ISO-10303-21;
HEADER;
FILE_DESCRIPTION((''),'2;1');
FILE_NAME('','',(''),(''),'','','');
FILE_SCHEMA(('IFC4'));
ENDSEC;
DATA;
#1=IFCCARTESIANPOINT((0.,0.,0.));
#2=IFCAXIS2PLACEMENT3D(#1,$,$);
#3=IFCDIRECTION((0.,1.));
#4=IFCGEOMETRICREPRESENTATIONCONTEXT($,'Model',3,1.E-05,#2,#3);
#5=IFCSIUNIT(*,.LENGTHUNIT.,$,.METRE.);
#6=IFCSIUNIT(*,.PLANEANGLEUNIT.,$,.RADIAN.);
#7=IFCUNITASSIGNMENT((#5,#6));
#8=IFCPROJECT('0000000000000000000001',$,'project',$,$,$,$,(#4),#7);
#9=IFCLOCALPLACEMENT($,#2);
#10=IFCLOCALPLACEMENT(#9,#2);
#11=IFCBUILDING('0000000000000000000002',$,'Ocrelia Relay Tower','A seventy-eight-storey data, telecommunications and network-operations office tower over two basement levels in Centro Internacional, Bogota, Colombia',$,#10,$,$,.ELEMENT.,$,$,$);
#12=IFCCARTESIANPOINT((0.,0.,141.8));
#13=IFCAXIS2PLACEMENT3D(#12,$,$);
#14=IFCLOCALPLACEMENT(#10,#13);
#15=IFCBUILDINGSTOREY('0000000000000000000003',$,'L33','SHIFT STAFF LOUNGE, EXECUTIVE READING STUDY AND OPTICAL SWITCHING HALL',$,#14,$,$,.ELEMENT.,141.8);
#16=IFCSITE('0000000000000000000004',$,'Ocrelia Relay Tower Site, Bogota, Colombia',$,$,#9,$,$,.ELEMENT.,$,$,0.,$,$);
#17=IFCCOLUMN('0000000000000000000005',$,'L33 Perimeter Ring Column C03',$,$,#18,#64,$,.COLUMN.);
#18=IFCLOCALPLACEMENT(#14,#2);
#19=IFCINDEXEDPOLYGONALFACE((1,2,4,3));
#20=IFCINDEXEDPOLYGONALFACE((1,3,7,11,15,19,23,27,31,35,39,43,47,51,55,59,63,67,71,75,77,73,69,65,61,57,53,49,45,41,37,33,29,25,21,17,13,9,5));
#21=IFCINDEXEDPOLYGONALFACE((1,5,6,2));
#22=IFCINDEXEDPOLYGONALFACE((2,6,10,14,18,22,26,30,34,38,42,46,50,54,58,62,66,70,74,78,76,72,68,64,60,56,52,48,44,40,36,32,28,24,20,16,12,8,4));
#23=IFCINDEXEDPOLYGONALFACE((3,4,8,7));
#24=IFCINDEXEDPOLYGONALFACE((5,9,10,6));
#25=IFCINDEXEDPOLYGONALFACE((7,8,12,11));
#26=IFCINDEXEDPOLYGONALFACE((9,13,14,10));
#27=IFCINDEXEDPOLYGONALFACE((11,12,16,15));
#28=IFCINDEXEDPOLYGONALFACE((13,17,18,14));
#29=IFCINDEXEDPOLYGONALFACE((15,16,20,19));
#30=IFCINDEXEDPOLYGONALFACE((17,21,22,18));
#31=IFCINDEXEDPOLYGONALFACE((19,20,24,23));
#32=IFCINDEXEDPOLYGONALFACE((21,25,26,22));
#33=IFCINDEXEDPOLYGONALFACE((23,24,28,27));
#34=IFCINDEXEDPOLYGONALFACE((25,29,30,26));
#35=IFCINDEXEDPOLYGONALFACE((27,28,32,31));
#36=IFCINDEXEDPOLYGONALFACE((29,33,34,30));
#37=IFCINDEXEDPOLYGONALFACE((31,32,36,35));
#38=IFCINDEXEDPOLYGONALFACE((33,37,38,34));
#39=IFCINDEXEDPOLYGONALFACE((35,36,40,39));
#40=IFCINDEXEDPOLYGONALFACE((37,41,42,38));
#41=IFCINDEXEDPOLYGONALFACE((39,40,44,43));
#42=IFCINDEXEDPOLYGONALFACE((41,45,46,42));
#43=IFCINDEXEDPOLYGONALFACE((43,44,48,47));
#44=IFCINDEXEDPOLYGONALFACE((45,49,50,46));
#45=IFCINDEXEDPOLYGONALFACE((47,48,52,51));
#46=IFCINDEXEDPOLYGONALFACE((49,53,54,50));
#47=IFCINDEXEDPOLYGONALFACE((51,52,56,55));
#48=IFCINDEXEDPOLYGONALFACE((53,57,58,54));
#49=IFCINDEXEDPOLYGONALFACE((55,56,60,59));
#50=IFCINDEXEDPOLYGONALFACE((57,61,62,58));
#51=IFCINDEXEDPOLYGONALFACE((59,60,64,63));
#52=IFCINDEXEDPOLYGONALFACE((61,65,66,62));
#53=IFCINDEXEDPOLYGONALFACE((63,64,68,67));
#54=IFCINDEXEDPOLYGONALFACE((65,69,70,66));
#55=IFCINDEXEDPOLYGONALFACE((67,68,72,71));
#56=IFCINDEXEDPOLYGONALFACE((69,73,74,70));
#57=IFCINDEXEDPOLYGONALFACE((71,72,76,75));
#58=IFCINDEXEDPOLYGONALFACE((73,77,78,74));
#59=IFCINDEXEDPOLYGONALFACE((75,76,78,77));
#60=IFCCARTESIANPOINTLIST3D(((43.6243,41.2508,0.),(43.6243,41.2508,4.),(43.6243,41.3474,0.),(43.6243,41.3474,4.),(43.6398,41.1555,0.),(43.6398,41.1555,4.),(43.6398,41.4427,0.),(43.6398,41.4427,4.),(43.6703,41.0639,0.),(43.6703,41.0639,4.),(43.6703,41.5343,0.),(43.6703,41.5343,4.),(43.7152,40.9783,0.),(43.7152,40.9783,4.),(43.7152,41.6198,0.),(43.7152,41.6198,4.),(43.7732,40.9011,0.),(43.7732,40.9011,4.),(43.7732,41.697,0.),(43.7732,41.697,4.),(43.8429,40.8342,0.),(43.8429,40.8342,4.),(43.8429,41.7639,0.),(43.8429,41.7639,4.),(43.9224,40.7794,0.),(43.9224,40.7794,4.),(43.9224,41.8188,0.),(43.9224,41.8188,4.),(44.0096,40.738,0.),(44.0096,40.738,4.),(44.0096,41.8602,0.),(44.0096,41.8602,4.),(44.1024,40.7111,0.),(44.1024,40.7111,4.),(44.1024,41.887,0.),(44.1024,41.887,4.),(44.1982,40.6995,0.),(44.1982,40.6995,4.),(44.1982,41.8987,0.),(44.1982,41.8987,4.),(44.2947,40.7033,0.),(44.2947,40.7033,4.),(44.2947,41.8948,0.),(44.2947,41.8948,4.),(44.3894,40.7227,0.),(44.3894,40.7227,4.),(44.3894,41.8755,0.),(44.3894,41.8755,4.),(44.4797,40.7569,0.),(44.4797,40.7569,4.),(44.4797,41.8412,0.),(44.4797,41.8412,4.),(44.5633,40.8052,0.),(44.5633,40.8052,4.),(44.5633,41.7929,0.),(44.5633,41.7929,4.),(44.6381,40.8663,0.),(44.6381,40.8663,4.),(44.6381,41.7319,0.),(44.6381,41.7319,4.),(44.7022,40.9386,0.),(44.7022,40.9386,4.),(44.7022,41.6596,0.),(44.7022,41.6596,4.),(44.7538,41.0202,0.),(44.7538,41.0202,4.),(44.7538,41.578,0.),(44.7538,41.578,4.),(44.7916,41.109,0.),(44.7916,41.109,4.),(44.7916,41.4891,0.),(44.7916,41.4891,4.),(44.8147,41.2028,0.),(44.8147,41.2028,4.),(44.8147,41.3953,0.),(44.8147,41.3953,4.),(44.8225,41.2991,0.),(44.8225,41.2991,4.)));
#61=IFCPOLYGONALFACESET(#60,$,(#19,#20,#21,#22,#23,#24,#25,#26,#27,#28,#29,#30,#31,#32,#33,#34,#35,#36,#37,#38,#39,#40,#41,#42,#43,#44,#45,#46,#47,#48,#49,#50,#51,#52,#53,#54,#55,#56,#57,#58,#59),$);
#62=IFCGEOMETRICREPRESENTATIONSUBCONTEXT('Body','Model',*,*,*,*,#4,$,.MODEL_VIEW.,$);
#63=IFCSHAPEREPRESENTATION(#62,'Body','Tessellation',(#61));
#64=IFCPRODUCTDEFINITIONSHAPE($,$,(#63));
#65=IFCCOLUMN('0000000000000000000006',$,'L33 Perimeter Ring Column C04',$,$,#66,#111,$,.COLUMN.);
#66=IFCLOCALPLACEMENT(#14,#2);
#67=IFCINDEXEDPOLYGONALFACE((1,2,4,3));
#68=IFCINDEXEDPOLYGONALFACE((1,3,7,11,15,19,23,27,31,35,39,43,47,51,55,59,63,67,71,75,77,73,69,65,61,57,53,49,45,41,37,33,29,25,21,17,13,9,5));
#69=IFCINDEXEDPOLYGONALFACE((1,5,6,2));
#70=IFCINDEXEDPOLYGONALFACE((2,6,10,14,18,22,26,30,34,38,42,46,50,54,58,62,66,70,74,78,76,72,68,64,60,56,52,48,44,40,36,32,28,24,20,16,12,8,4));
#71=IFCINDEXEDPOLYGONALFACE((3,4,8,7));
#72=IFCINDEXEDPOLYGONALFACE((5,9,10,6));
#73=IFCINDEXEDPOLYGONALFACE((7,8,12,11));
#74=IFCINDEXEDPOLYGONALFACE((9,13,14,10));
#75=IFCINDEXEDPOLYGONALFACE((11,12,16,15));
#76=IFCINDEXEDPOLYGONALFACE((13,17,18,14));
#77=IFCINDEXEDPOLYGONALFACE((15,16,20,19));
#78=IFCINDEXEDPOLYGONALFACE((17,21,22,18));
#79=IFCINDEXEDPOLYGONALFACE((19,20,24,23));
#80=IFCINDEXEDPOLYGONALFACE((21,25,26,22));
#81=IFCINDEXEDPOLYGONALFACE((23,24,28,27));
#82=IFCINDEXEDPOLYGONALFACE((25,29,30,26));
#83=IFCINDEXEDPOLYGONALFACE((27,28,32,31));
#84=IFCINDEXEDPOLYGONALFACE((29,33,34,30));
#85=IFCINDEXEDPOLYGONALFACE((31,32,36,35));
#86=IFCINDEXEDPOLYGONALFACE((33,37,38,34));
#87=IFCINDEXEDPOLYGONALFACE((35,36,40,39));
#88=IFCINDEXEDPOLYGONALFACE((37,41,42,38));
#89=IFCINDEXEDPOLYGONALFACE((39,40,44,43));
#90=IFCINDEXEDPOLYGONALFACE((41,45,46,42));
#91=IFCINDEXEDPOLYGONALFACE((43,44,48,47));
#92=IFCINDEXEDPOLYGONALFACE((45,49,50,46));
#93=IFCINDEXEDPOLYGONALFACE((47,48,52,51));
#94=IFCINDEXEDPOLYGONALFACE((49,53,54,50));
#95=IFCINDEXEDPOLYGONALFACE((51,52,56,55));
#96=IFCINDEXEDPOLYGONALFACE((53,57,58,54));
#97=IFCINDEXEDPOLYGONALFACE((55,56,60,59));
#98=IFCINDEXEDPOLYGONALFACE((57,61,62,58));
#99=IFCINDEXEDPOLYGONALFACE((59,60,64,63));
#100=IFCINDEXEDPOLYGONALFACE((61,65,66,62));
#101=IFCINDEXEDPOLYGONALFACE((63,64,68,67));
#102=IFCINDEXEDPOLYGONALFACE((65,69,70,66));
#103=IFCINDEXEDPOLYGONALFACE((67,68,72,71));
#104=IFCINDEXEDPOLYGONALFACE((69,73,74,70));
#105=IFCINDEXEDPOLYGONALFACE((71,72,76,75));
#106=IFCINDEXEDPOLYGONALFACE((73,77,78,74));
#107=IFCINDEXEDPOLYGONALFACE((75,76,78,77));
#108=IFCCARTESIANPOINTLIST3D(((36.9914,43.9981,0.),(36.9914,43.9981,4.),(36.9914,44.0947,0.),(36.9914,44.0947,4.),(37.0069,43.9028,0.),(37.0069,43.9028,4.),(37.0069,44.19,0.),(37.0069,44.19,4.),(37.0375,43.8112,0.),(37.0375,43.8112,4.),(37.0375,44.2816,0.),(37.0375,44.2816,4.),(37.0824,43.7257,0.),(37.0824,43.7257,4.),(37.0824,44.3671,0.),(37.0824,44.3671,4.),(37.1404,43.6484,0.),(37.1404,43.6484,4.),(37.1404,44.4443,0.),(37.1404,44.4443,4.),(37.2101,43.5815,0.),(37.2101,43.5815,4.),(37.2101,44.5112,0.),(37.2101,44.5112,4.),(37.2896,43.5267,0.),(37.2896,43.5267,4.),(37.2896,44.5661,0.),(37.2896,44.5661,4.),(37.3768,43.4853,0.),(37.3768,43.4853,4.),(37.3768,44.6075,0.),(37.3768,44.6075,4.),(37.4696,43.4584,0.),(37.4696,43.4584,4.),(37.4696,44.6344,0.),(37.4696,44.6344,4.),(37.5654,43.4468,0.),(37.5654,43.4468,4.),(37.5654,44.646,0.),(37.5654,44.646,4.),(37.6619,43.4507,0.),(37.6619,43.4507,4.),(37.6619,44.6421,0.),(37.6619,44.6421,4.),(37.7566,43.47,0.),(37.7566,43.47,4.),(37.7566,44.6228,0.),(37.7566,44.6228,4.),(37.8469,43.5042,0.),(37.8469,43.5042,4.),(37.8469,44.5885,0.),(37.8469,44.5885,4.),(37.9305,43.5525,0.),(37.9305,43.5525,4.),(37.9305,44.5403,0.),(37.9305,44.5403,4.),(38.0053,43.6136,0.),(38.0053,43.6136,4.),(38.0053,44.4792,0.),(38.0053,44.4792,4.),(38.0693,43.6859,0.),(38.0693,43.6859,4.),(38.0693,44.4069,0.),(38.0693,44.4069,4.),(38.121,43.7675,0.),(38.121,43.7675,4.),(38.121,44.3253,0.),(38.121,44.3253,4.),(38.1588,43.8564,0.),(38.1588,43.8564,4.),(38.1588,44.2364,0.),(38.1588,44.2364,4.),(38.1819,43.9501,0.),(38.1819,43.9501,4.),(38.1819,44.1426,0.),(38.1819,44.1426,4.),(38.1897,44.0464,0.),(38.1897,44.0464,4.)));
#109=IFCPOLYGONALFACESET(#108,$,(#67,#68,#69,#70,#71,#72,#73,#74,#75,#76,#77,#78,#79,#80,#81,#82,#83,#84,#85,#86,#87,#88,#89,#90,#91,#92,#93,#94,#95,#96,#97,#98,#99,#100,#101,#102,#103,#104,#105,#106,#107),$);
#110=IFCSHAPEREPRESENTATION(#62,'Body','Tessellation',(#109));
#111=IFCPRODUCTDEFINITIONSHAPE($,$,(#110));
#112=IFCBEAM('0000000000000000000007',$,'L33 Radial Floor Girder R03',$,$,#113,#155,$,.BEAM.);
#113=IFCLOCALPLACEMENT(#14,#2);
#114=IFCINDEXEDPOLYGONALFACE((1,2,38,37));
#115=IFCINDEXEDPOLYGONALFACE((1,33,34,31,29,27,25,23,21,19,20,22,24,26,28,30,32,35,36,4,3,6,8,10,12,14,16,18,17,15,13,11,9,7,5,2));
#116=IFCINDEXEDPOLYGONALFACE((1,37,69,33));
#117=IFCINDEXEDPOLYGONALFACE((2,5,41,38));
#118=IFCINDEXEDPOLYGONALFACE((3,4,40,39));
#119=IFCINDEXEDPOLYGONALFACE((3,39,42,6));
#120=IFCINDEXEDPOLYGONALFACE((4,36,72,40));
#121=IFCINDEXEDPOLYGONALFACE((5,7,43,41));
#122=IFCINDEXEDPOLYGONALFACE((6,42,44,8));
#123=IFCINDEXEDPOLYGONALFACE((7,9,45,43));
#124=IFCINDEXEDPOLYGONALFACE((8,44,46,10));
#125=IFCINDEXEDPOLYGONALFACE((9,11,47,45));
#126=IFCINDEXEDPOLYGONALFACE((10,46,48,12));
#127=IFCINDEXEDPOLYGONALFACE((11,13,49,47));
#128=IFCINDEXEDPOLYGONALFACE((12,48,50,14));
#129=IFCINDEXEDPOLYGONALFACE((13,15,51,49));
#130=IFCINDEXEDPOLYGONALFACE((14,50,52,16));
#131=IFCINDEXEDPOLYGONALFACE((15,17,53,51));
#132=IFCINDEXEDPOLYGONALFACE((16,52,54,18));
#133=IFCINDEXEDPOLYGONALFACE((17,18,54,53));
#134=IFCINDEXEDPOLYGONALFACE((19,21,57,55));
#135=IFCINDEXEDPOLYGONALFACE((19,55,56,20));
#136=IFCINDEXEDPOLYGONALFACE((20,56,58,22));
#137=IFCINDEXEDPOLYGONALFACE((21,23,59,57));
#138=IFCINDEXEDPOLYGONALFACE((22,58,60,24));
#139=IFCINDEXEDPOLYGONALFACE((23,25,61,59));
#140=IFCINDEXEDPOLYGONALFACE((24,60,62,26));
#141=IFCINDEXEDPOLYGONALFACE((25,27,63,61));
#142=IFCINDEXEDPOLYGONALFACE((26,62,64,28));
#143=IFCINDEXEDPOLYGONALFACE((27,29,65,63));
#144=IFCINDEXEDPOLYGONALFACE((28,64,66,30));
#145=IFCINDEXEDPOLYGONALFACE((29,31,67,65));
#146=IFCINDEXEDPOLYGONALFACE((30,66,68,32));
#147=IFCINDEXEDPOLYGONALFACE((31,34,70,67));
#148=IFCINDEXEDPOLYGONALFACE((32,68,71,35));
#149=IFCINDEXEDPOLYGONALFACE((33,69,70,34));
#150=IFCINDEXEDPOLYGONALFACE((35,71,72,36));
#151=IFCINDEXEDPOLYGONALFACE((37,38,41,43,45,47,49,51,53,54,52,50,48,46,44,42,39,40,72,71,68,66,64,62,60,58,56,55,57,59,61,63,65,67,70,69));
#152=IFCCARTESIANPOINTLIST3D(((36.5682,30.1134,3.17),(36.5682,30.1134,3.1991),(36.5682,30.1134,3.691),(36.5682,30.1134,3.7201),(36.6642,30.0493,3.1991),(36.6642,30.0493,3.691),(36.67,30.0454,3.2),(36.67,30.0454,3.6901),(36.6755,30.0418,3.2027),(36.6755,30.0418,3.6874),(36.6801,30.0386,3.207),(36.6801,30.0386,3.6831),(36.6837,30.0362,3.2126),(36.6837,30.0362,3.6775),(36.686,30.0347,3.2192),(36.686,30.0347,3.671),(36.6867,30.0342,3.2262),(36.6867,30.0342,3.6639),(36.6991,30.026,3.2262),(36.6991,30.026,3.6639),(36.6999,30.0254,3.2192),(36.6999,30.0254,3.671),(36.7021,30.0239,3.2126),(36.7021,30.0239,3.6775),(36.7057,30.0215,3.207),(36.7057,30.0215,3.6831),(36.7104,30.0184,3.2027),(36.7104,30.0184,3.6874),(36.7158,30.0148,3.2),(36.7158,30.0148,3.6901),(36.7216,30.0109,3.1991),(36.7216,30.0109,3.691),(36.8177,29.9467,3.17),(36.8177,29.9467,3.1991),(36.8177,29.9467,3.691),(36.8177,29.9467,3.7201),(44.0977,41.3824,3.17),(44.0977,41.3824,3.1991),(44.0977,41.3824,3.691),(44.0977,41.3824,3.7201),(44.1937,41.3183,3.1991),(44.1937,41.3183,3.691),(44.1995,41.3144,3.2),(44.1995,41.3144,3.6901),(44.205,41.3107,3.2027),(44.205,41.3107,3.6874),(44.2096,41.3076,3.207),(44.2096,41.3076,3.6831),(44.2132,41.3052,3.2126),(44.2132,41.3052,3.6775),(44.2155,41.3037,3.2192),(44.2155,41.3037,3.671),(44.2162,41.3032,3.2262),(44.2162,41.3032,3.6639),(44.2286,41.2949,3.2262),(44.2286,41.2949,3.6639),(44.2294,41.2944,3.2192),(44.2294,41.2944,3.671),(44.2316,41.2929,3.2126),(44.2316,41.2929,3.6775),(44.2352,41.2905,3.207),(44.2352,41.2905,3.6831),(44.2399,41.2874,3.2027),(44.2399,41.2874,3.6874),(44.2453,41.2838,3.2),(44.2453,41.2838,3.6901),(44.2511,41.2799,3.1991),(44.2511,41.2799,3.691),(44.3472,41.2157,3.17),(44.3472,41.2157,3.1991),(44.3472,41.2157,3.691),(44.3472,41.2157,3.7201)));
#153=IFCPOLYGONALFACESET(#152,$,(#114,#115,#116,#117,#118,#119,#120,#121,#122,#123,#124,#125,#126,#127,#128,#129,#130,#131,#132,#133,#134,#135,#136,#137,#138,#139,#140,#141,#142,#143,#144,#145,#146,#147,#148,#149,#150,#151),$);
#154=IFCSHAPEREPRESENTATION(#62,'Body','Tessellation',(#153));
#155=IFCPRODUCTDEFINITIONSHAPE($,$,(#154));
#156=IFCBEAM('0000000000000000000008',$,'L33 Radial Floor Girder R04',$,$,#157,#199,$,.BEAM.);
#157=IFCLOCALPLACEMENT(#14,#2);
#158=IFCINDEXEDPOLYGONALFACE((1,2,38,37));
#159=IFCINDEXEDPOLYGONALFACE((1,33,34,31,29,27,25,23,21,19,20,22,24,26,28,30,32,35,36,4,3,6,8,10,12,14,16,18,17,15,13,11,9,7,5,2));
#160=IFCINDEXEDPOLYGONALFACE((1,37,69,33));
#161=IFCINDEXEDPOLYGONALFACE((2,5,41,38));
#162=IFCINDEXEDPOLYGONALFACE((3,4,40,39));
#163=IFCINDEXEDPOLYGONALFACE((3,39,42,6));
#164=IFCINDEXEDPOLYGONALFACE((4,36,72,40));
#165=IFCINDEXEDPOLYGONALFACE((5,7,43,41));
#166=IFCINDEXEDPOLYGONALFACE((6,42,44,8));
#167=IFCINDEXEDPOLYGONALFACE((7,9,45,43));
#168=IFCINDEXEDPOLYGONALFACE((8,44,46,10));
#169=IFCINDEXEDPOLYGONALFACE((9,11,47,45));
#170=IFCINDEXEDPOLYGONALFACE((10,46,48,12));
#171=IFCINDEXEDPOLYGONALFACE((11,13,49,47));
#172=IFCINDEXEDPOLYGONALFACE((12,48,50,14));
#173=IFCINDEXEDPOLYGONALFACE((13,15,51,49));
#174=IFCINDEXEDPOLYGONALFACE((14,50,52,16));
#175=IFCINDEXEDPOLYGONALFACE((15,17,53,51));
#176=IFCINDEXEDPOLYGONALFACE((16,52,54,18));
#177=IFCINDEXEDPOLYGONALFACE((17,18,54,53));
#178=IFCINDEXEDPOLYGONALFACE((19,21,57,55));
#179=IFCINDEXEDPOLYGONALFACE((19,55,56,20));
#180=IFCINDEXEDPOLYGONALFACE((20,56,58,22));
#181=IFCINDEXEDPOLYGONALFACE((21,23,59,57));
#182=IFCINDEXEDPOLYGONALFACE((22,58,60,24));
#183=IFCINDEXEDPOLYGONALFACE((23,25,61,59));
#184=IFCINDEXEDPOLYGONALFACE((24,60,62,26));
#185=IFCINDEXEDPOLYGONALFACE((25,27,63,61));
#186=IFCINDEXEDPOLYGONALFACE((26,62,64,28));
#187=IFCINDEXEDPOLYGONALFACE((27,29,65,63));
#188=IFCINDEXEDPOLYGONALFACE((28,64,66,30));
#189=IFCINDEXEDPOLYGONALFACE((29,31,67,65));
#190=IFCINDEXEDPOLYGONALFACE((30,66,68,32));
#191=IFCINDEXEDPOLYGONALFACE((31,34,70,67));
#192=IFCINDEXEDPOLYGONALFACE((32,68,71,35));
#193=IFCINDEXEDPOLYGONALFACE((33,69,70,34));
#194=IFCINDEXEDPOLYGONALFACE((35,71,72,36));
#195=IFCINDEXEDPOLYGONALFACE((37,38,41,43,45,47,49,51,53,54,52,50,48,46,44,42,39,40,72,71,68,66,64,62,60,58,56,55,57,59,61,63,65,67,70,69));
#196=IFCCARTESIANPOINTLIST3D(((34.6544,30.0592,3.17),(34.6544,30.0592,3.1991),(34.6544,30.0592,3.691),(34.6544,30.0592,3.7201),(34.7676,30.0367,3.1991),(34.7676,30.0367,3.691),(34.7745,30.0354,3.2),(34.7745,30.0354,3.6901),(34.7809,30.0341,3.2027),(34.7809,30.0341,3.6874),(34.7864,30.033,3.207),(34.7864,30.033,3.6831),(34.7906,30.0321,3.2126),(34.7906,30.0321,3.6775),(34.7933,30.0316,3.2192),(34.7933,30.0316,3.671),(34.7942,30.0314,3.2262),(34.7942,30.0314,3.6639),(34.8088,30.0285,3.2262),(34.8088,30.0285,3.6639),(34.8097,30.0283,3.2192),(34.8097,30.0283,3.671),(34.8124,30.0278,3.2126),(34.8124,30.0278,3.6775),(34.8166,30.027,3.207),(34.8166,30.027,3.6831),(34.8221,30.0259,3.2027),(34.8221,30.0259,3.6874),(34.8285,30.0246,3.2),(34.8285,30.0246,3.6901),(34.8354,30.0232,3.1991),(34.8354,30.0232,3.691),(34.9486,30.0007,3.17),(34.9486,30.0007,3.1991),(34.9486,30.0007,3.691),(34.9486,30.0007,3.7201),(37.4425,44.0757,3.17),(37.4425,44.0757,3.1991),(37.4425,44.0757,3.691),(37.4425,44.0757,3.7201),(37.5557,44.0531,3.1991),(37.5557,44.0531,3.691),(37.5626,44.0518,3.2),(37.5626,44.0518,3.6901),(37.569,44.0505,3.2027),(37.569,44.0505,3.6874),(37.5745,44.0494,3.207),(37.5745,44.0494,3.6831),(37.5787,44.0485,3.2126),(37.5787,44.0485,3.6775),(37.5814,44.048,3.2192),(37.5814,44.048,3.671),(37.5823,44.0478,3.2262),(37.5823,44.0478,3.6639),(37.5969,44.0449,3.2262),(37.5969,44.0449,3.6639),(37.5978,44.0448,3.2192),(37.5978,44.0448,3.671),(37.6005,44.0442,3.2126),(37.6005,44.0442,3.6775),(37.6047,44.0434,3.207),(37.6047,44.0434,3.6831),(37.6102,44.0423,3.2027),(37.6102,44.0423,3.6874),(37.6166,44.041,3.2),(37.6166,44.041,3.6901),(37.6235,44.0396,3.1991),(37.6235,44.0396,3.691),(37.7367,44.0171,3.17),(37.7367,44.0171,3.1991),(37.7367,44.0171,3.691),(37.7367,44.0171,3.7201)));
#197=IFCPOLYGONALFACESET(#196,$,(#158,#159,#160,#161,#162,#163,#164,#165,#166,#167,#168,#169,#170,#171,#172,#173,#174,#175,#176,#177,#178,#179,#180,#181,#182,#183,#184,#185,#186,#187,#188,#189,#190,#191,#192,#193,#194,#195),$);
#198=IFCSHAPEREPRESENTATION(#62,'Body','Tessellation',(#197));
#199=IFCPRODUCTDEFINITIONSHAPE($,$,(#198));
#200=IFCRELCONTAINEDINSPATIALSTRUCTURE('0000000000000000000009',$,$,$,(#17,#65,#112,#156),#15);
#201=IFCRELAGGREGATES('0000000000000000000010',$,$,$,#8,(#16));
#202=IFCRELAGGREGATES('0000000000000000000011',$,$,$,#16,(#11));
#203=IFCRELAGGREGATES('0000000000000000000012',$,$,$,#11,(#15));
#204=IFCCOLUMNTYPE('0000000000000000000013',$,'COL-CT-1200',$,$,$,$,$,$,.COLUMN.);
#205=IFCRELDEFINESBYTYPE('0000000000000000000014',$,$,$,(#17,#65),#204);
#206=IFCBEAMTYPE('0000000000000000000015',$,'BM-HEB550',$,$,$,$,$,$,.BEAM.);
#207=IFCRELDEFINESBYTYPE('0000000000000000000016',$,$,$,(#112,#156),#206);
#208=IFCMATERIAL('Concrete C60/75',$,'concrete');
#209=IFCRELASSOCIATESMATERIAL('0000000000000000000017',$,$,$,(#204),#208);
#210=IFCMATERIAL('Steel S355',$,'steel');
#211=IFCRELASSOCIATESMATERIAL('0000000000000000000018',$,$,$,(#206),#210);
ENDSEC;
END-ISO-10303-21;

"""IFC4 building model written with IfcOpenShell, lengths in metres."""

from ifc_helpers import new_model, si_unit, direction, frame, origin, origin_2d, place, context, subcontext, project, spatial, circle, i_section, extrude, material, material_profile, profile_set, type_object, element, save


model = new_model("IFC4")

# Units and contexts
model_context = context("Model", 3, precision=1e-05, world=origin(), true_north=direction((0.0, 1.0)))
body_context = subcontext(model_context, "Body", "Model", "MODEL_VIEW")
ifc_project = project(units=[si_unit("LENGTHUNIT", "METRE"), si_unit("PLANEANGLEUNIT", "RADIAN")], contexts=[model_context])

# Site, building, storey
site_placement = place(None, origin())
site = spatial("IfcSite", under=ifc_project, at=site_placement, Name="Ocrelia Relay Tower Site, Bogota, Colombia", CompositionType="ELEMENT", RefElevation=0.0)
building_placement = place(site_placement, origin())
building = spatial("IfcBuilding", under=site, at=building_placement, Name="Ocrelia Relay Tower", Description="A seventy-eight-storey data, telecommunications and network-operations office tower over two basement levels in Centro Internacional, Bogota, Colombia", CompositionType="ELEMENT")
storey_placement = place(building_placement, frame((0.0, 0.0, 141.8)))
storey = spatial("IfcBuildingStorey", under=building, at=storey_placement, Name="L33", Description="SHIFT STAFF LOUNGE, EXECUTIVE READING STUDY AND OPTICAL SWITCHING HALL", CompositionType="ELEMENT", Elevation=141.8)

# Columns
ifc_material_1 = material(Name="Concrete C60/75", Category="concrete")
ifc_material_profile_1 = material_profile(ifc_material_1, circle(Radius=0.6001, at=origin_2d()), Name="RC-CIR-1200")
ifc_profile_set_1 = profile_set([ifc_material_profile_1], Name="Concrete C60/75")
column_type = type_object("IfcColumnType", Name="COL-CT-1200", PredefinedType="COLUMN", material=ifc_profile_set_1)
for number, where, z_axis, x_axis, name in (
    (1, (44.2224, 41.2991, 0.0), (0.0, 0.0, 1.0), (1.0, 0.0, 0.0), "L33 Perimeter Ring Column C03"),
    (2, (37.5896, 44.0464, 0.0), (0.0, 0.0, 1.0), (1.0, 0.0, 0.0), "L33 Perimeter Ring Column C04"),
):
    element("IfcColumn", number, at=place(storey_placement, frame(where, z_axis=z_axis, x_axis=x_axis)), inside=storey, type_object=column_type, Name=name, PredefinedType="COLUMN", context=body_context, shape_type="SweptSolid", body=[
        extrude(circle(Radius=0.6001, at=origin_2d()), origin(), (0.0, 0.0, 1.0), 4.0),
    ])

# Beams
ifc_material_2 = material(Name="Steel S355", Category="steel")
ifc_material_profile_2 = material_profile(ifc_material_2, i_section(OverallWidth=0.3, OverallDepth=0.55, WebThickness=0.0149, FlangeThickness=0.0291, FilletRadius=0.0271, at=origin_2d()), Name="HEB 550")
ifc_profile_set_2 = profile_set([ifc_material_profile_2], Name="Steel S355")
beam_type_1 = type_object("IfcBeamType", Name="BM-HEB550", PredefinedType="BEAM", material=ifc_profile_set_2)
beam_1_placement = place(storey_placement, frame((44.2224, 41.2991, 3.4451), z_axis=(-0.55556, -0.831476, 0.0), x_axis=(0.831476, -0.55556, 0.0)))
element("IfcBeam", 3, at=beam_1_placement, inside=storey, type_object=beam_type_1, Name="L33 Radial Floor Girder R03", PredefinedType="BEAM", context=body_context, shape_type="SweptSolid", body=[
    extrude(i_section(OverallWidth=0.3, OverallDepth=0.55, WebThickness=0.0149, FlangeThickness=0.0291, FilletRadius=0.0271, at=origin_2d()), origin(), (0.0, 0.0, 1.0), 13.553),
])
beam_2_placement = place(storey_placement, frame((37.5896, 44.0464, 3.4451), z_axis=(-0.195094, -0.980784, 0.0), x_axis=(0.980784, -0.195094, 0.0)))
element("IfcBeam", 4, at=beam_2_placement, inside=storey, type_object=beam_type_1, Name="L33 Radial Floor Girder R04", PredefinedType="BEAM", context=body_context, shape_type="SweptSolid", body=[
    extrude(i_section(OverallWidth=0.3, OverallDepth=0.55, WebThickness=0.0149, FlangeThickness=0.0291, FilletRadius=0.0271, at=origin_2d()), origin(), (0.0, 0.0, 1.0), 14.291),
])

save(model, "model.ifc")
